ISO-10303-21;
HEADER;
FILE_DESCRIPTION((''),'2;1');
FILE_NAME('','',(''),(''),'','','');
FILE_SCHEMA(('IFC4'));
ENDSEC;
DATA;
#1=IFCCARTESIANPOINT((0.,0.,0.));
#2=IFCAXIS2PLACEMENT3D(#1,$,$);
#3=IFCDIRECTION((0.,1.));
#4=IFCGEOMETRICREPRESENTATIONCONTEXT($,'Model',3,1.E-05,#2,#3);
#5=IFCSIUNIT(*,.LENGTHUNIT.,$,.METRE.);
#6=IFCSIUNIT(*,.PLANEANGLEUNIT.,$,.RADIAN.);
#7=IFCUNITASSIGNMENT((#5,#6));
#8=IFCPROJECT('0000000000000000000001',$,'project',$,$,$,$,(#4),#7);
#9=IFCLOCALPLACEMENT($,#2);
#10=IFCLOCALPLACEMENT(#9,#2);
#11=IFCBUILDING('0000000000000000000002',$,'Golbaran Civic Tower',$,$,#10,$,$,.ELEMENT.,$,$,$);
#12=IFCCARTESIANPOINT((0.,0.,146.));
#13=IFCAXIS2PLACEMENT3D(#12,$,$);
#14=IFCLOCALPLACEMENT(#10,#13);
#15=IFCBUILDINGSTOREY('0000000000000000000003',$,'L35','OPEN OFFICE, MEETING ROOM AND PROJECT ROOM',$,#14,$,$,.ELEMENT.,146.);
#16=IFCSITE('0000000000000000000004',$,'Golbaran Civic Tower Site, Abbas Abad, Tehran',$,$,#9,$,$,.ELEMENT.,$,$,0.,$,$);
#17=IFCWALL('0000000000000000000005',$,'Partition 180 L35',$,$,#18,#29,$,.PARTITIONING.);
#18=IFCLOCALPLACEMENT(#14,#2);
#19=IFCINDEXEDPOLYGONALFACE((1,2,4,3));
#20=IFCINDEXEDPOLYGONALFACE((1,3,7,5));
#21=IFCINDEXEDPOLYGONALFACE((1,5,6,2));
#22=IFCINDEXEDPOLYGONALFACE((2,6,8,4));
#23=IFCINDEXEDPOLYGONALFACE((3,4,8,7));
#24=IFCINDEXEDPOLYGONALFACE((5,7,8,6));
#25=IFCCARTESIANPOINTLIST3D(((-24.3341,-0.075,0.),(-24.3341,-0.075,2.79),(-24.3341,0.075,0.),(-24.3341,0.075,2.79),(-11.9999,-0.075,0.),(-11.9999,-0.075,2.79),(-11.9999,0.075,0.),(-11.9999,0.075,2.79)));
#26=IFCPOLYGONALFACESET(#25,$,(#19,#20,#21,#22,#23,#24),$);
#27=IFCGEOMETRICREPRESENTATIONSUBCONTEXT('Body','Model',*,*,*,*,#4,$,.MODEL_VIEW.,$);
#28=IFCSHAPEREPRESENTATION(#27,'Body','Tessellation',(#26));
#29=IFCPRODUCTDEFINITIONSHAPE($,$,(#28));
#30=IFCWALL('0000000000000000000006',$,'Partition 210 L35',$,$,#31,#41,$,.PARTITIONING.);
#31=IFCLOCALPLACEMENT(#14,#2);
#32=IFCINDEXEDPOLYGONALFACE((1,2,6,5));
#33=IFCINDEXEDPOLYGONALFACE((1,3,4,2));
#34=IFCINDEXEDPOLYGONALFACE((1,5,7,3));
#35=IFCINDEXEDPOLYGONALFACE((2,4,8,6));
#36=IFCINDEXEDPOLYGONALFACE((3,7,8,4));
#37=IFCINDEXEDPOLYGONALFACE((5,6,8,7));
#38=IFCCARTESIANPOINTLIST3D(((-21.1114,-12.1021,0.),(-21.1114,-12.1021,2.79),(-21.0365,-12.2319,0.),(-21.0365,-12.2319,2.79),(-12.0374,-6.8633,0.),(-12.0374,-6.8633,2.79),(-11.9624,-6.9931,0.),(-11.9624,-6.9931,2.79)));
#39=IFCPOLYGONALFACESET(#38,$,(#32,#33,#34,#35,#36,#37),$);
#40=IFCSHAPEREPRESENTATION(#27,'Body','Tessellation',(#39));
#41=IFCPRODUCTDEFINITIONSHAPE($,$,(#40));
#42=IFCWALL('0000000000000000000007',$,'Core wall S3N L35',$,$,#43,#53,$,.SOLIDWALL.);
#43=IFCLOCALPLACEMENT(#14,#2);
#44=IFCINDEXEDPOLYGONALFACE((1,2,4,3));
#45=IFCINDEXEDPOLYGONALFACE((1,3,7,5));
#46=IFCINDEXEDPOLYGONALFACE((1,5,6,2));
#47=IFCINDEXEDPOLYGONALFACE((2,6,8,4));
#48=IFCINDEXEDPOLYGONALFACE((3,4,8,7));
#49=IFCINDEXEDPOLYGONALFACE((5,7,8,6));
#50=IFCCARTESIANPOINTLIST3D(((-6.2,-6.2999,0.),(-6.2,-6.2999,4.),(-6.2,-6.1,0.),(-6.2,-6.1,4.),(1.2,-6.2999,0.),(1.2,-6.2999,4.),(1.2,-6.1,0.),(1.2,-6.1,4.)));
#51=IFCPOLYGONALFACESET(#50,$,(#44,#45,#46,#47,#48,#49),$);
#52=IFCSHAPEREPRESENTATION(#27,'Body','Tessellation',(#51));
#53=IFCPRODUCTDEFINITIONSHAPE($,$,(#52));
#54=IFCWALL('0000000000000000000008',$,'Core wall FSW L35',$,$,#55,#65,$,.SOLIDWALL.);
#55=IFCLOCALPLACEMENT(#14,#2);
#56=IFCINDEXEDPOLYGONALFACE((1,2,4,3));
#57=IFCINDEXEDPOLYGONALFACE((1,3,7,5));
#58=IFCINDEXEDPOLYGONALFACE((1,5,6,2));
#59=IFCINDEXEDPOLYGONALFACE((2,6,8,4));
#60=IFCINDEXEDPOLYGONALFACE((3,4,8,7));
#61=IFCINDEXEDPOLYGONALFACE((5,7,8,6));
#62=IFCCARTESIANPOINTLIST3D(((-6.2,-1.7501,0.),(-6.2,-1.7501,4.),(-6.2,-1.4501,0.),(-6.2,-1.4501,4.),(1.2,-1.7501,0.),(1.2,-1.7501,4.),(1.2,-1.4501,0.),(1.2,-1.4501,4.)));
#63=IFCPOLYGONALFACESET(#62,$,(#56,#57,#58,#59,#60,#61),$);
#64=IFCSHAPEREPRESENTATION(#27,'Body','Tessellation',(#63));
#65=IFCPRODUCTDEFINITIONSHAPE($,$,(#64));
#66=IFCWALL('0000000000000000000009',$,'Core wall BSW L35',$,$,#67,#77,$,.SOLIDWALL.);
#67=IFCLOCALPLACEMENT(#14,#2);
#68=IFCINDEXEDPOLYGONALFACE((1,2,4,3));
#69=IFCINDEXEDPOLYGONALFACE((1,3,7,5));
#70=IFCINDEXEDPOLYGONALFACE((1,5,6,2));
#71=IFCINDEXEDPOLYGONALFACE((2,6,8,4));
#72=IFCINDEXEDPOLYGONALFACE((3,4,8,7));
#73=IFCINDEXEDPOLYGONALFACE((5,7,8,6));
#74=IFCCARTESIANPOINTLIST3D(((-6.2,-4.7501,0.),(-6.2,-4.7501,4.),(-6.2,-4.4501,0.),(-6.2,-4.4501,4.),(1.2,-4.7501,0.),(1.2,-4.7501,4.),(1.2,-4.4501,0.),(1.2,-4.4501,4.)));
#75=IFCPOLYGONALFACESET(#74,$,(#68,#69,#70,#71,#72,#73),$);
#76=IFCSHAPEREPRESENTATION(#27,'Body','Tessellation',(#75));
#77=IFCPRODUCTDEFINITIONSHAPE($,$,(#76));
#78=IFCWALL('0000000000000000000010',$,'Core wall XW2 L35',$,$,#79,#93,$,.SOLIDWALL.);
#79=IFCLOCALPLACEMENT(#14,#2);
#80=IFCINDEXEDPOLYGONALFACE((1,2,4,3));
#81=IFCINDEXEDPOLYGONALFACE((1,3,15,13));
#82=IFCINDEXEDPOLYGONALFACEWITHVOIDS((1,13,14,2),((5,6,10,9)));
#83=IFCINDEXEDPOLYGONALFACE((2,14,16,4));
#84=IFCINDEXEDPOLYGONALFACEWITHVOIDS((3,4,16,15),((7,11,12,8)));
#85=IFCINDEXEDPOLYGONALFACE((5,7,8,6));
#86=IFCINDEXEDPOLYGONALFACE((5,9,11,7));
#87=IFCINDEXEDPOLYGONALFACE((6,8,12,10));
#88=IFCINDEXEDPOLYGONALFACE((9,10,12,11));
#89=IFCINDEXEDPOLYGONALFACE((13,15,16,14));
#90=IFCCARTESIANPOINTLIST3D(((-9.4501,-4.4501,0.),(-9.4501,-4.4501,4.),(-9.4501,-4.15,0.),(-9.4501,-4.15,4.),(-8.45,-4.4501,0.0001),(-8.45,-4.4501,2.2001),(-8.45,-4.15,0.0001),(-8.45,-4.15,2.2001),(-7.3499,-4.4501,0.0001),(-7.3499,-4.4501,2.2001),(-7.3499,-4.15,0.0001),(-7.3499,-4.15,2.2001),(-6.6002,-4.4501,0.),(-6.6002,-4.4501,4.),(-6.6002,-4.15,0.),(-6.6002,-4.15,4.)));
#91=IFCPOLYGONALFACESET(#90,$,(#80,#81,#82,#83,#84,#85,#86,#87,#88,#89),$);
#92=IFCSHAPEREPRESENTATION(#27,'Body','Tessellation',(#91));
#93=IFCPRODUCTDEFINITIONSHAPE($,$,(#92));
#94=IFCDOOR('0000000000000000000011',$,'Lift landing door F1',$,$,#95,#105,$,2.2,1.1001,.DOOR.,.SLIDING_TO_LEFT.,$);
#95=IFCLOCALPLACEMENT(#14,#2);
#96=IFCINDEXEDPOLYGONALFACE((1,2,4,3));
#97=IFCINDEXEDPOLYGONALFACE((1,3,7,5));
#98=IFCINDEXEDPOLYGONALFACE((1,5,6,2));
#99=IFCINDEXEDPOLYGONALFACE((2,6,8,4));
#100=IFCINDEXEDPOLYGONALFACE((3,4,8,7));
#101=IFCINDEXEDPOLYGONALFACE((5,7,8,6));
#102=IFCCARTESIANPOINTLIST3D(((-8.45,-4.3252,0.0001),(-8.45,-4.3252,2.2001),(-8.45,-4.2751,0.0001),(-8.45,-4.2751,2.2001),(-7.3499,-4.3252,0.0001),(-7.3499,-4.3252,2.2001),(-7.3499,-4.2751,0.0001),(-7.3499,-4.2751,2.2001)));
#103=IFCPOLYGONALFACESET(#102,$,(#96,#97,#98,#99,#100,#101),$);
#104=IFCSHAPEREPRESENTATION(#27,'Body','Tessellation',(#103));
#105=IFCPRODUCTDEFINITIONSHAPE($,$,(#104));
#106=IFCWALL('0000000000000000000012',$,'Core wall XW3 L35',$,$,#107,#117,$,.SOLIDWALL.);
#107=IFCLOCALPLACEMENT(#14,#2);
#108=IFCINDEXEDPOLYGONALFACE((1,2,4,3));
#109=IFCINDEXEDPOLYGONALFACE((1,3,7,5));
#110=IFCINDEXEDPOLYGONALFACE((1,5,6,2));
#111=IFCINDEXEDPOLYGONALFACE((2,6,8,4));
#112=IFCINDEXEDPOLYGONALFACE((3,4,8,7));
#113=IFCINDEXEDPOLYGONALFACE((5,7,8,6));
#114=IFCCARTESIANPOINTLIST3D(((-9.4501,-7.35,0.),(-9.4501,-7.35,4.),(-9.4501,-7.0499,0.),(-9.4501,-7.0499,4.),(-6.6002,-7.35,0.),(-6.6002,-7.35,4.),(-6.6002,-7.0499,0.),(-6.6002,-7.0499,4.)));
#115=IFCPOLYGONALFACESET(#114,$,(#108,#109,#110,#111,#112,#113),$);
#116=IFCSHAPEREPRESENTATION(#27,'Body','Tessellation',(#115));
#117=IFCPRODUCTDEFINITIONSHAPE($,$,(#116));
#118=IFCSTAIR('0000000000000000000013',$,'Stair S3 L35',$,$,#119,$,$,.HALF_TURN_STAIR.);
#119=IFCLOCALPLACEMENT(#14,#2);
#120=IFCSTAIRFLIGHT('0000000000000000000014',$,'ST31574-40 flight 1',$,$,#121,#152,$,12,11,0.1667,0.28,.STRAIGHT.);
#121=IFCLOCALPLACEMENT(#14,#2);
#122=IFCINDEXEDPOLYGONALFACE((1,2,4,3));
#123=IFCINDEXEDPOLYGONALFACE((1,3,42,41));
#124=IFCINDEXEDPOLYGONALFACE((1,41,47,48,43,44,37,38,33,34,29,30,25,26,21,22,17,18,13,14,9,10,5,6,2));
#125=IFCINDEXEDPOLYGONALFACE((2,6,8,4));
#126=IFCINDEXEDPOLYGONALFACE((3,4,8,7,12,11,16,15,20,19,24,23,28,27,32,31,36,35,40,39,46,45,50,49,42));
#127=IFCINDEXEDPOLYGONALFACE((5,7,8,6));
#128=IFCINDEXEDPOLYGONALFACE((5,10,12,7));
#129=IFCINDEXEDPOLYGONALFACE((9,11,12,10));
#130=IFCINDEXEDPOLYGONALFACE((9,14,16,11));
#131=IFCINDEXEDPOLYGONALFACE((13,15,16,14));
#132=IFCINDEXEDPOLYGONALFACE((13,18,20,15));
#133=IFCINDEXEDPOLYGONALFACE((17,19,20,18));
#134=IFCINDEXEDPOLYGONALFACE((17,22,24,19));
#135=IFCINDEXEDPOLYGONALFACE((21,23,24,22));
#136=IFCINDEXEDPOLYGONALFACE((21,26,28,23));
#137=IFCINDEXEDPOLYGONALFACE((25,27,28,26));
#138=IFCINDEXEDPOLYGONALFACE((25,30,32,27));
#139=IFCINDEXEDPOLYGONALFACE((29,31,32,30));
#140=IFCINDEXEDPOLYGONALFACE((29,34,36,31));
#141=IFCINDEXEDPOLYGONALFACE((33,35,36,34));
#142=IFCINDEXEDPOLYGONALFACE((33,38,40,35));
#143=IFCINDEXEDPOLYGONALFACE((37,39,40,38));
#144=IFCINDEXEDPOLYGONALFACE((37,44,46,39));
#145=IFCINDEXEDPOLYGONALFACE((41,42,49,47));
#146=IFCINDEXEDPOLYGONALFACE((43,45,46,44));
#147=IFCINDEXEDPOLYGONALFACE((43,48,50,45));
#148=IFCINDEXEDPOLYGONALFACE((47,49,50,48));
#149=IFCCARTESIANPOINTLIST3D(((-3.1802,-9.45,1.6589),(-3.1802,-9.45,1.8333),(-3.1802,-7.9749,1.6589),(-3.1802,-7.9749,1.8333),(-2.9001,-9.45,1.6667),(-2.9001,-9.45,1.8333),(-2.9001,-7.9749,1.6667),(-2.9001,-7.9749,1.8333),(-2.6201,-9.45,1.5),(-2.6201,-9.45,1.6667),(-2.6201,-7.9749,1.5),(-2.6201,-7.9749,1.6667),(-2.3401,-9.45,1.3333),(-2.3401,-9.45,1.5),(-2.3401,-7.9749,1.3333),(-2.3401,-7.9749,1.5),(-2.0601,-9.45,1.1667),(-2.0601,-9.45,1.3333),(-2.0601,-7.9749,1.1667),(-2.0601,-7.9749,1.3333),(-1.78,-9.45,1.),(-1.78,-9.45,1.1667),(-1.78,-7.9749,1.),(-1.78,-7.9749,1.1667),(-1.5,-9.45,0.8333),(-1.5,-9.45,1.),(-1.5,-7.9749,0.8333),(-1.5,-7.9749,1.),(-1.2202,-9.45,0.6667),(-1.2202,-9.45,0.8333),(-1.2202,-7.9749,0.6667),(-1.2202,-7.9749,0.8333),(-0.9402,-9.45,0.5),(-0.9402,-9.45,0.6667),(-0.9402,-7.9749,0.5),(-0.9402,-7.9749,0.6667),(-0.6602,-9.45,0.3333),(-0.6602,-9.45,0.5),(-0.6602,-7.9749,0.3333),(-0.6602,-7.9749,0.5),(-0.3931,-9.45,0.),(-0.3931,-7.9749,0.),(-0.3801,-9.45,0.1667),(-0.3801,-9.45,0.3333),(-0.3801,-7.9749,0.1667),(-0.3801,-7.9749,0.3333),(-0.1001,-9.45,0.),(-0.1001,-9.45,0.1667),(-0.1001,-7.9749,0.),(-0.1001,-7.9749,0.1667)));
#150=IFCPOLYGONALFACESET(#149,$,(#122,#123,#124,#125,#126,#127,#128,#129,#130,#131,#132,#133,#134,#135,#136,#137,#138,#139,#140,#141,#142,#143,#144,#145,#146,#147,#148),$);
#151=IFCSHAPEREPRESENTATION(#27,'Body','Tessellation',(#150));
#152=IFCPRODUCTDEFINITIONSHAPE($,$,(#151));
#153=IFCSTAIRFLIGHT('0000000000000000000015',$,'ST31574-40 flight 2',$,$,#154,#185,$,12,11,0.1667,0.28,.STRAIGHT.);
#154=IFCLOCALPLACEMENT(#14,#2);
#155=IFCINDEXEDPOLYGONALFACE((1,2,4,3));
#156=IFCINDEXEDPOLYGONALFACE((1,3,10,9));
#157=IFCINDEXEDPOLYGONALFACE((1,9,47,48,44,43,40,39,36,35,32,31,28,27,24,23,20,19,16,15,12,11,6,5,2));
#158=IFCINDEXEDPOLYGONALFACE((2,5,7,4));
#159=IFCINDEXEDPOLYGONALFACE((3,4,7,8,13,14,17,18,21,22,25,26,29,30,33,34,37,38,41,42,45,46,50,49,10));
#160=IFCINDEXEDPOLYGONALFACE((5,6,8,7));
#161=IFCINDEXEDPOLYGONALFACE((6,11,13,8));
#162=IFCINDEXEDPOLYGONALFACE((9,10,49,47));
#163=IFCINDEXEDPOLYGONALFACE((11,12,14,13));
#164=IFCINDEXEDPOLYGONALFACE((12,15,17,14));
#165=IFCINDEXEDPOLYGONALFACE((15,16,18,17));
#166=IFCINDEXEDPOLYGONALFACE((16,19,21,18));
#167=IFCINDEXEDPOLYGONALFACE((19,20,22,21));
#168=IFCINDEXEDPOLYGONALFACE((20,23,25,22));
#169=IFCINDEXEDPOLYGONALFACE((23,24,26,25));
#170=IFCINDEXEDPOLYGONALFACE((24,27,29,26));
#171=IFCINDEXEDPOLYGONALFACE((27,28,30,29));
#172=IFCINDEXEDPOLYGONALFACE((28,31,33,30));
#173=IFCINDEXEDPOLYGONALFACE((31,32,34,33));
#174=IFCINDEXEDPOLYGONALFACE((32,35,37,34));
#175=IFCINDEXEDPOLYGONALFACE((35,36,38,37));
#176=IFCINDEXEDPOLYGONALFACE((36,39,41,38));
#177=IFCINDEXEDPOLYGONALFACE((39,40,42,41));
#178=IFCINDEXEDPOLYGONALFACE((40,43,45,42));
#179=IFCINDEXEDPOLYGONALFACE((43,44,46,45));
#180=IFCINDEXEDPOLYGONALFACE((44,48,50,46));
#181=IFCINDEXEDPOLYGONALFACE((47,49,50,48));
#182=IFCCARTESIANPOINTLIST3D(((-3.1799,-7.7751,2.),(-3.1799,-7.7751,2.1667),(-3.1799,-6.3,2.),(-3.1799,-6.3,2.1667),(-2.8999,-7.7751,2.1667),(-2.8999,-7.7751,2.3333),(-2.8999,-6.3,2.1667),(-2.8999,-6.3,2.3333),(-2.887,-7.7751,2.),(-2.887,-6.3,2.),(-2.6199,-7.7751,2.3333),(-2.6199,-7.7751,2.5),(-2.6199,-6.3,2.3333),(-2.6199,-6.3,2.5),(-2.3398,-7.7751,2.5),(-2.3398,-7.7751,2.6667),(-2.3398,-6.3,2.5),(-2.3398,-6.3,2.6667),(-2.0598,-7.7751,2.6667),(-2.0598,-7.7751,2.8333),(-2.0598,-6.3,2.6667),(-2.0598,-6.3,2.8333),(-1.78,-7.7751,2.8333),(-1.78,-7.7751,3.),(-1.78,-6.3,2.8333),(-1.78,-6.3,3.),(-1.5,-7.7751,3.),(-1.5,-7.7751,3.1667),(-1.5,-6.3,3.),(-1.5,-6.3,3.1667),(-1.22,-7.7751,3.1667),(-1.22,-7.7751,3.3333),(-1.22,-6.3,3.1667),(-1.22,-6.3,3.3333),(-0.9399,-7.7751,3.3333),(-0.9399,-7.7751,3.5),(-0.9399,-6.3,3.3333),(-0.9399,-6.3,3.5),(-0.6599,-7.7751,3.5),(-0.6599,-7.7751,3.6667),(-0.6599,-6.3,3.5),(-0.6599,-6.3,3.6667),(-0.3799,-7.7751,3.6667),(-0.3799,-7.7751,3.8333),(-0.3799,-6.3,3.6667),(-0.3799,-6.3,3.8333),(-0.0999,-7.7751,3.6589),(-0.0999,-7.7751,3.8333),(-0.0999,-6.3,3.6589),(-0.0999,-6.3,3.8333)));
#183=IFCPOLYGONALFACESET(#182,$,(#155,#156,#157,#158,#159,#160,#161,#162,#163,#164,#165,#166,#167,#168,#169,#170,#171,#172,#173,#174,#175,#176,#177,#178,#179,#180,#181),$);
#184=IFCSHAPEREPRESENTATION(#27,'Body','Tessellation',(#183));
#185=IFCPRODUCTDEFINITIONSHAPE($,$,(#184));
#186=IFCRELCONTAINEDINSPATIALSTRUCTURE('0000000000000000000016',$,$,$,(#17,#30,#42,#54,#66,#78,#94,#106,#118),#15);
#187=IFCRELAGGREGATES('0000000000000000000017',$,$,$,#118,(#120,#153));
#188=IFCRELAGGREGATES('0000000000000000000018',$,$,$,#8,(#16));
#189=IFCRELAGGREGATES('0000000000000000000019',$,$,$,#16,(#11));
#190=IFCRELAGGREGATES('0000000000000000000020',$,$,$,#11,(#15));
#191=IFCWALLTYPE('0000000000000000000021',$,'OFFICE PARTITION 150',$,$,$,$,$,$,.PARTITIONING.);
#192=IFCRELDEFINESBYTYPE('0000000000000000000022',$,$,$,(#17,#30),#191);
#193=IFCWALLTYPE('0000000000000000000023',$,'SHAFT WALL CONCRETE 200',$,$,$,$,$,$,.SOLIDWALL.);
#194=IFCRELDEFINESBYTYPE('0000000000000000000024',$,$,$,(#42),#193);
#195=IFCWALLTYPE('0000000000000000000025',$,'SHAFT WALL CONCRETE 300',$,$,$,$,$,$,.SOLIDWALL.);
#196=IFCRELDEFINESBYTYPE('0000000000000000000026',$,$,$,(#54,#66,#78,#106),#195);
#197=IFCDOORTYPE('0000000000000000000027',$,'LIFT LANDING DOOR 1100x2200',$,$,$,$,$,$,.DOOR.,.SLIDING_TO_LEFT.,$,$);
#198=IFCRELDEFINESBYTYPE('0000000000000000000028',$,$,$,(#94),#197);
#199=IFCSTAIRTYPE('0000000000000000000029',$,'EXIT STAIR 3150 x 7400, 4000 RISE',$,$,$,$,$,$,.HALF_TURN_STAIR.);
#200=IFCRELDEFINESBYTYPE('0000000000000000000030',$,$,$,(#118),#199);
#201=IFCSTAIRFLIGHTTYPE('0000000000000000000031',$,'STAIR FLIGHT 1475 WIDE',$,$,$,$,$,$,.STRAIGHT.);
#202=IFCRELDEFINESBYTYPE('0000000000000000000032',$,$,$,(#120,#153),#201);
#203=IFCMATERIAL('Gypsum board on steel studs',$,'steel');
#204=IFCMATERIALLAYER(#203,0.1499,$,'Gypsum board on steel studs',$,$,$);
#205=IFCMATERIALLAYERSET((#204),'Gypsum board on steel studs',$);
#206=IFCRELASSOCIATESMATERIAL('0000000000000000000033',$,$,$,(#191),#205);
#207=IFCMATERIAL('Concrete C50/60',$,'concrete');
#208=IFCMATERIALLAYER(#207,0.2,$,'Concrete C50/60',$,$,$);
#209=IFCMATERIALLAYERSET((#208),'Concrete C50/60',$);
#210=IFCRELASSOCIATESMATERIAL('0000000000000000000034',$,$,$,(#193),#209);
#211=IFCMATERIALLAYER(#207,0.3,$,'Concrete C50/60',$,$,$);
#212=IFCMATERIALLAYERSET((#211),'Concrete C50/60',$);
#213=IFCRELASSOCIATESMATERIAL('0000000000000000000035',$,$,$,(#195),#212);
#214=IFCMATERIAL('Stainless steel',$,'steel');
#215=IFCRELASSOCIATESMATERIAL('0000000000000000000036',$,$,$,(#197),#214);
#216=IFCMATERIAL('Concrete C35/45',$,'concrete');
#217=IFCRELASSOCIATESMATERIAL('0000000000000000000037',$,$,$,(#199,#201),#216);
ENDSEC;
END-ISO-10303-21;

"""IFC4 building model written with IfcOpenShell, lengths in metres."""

from ifc_helpers import new_model, si_unit, direction, frame, frame_2d, origin, place, context, subcontext, project, spatial, polyline, rectangle, outline, extrude, material, layer, layer_set, type_object, element, fill, aggregate, save


model = new_model("IFC4")

# Units and contexts
model_context = context("Model", 3, precision=1e-05, world=origin(), true_north=direction((0.0, 1.0)))
body_context = subcontext(model_context, "Body", "Model", "MODEL_VIEW")
ifc_project = project(units=[si_unit("LENGTHUNIT", "METRE"), si_unit("PLANEANGLEUNIT", "RADIAN")], contexts=[model_context])

# Site, building, storey
site_placement = place(None, origin())
site = spatial("IfcSite", under=ifc_project, at=site_placement, Name="Golbaran Civic Tower Site, Abbas Abad, Tehran", CompositionType="ELEMENT", RefElevation=0.0)
building_placement = place(site_placement, origin())
building = spatial("IfcBuilding", under=site, at=building_placement, Name="Golbaran Civic Tower", CompositionType="ELEMENT")
storey_placement = place(building_placement, frame((0.0, 0.0, 146.0)))
storey = spatial("IfcBuildingStorey", under=building, at=storey_placement, Name="L35", Description="OPEN OFFICE, MEETING ROOM AND PROJECT ROOM", CompositionType="ELEMENT", Elevation=146.0)

# Shared definitions
ifc_material_1 = material(Name="Concrete C50/60", Category="concrete")

# Walls
ifc_material_2 = material(Name="Gypsum board on steel studs", Category="steel")
ifc_layer_1 = layer(ifc_material_2, 0.1499, Name="Gypsum board on steel studs")
ifc_layer_set_1 = layer_set([ifc_layer_1], Name="Gypsum board on steel studs")
wall_type_1 = type_object("IfcWallType", Name="OFFICE PARTITION 150", PredefinedType="PARTITIONING", material=ifc_layer_set_1)
wall_1_placement = place(storey_placement, frame((-12.0, 0.0, 0.0), z_axis=(0.0, 0.0, 1.0), x_axis=(-1.0, 0.0, 0.0)))
element("IfcWall", 1, at=wall_1_placement, inside=storey, type_object=wall_type_1, Name="Partition 180 L35", PredefinedType="PARTITIONING", context=body_context, shape_type="SweptSolid", body=[
    extrude(rectangle(XDim=12.3342, YDim=0.1499, at=frame_2d((6.167, 0.0))), origin(), (0.0, 0.0, 1.0), 2.79),
])
wall_2_placement = place(storey_placement, frame((-12.0, -6.9282, 0.0), z_axis=(0.0, 0.0, 1.0), x_axis=(-0.866029, -0.499993, 0.0)))
element("IfcWall", 2, at=wall_2_placement, inside=storey, type_object=wall_type_1, Name="Partition 210 L35", PredefinedType="PARTITIONING", context=body_context, shape_type="SweptSolid", body=[
    extrude(rectangle(XDim=10.4778, YDim=0.1499, at=frame_2d((5.2388, 0.0))), origin(), (0.0, 0.0, 1.0), 2.79),
])
ifc_layer_2 = layer(ifc_material_1, 0.2, Name="Concrete C50/60")
ifc_layer_set_2 = layer_set([ifc_layer_2], Name="Concrete C50/60")
wall_type_2 = type_object("IfcWallType", Name="SHAFT WALL CONCRETE 200", PredefinedType="SOLIDWALL", material=ifc_layer_set_2)
wall_3_placement = place(storey_placement, frame((-6.2, -6.2, 0.0), z_axis=(0.0, 0.0, 1.0), x_axis=(1.0, 0.0, 0.0)))
element("IfcWall", 3, at=wall_3_placement, inside=storey, type_object=wall_type_2, Name="Core wall S3N L35", PredefinedType="SOLIDWALL", context=body_context, shape_type="SweptSolid", body=[
    extrude(rectangle(XDim=7.3999, YDim=0.2, at=frame_2d((3.7, 0.0))), origin(), (0.0, 0.0, 1.0), 4.0),
])
ifc_layer_3 = layer(ifc_material_1, 0.3, Name="Concrete C50/60")
ifc_layer_set_3 = layer_set([ifc_layer_3], Name="Concrete C50/60")
wall_type_3 = type_object("IfcWallType", Name="SHAFT WALL CONCRETE 300", PredefinedType="SOLIDWALL", material=ifc_layer_set_3)
for number, where, z_axis, x_axis, name in (
    (4, (-6.2, -1.6001, 0.0), (0.0, 0.0, 1.0), (1.0, 0.0, 0.0), "Core wall FSW L35"),
    (5, (-6.2, -4.6001, 0.0), (0.0, 0.0, 1.0), (1.0, 0.0, 0.0), "Core wall BSW L35"),
):
    element("IfcWall", number, at=place(storey_placement, frame(where, z_axis=z_axis, x_axis=x_axis)), inside=storey, type_object=wall_type_3, Name=name, PredefinedType="SOLIDWALL", context=body_context, shape_type="SweptSolid", body=[
        extrude(rectangle(XDim=7.3999, YDim=0.3, at=frame_2d((3.7, 0.0))), origin(), (0.0, 0.0, 1.0), 4.0),
    ])

# Wall, opening, door
wall_4_placement = place(storey_placement, frame((-9.45, -4.3, 0.0), z_axis=(0.0, 0.0, 1.0), x_axis=(1.0, 0.0, 0.0)))
wall_4 = element("IfcWall", 6, at=wall_4_placement, inside=storey, type_object=wall_type_3, Name="Core wall XW2 L35", PredefinedType="SOLIDWALL", context=body_context, shape_type="SweptSolid", body=[
    extrude(rectangle(XDim=2.8499, YDim=0.3, at=frame_2d((1.4248, 0.0))), origin(), (0.0, 0.0, 1.0), 4.0),
])
opening_1_placement = place(wall_4_placement, frame((1.0, 0.0, 0.0)))
opening_1 = element("IfcOpeningElement", 7, at=opening_1_placement, cuts=wall_4, PredefinedType="OPENING", context=body_context, shape_type="SweptSolid", body=[
    extrude(rectangle(XDim=1.1001, YDim=2.2, at=frame_2d((0.55, 1.1001))), frame((0.0, 0.1599, 0.0), z_axis=(0.0, -1.0, 0.0), x_axis=(1.0, 0.0, 0.0)), (0.0, 0.0, 1.0), 0.3201),
])
ifc_material_3 = material(Name="Stainless steel", Category="steel")
door_type_1 = type_object("IfcDoorType", Name="LIFT LANDING DOOR 1100x2200", OperationType="SLIDING_TO_LEFT", PredefinedType="DOOR", material=ifc_material_3)
door_1_placement = place(opening_1_placement, origin())
door_1 = element("IfcDoor", 8, at=door_1_placement, inside=storey, type_object=door_type_1, Name="Lift landing door F1", OperationType="SLIDING_TO_LEFT", OverallHeight=2.2, OverallWidth=1.1001, PredefinedType="DOOR", context=body_context, shape_type="SweptSolid", body=[
    extrude(rectangle(XDim=1.1001, YDim=2.2, at=frame_2d((0.55, 1.1001))), frame((0.0, 0.0249, 0.0), z_axis=(0.0, -1.0, 0.0), x_axis=(1.0, 0.0, 0.0)), (0.0, 0.0, 1.0), 0.05),
])
fill(opening_1, door_1)

# Wall
wall_5_placement = place(storey_placement, frame((-9.45, -7.2, 0.0), z_axis=(0.0, 0.0, 1.0), x_axis=(1.0, 0.0, 0.0)))
element("IfcWall", 9, at=wall_5_placement, inside=storey, type_object=wall_type_3, Name="Core wall XW3 L35", PredefinedType="SOLIDWALL", context=body_context, shape_type="SweptSolid", body=[
    extrude(rectangle(XDim=2.8499, YDim=0.3, at=frame_2d((1.4248, 0.0))), origin(), (0.0, 0.0, 1.0), 4.0),
])

# Stair, stair flights
ifc_material_4 = material(Name="Concrete C35/45", Category="concrete")
stair_type = type_object("IfcStairType", Name="EXIT STAIR 3150 x 7400, 4000 RISE", PredefinedType="HALF_TURN_STAIR", material=ifc_material_4)
stair_placement = place(storey_placement, origin())
stair = element("IfcStair", 10, at=stair_placement, inside=storey, type_object=stair_type, Name="Stair S3 L35", PredefinedType="HALF_TURN_STAIR")
stair_flight_type = type_object("IfcStairFlightType", Name="STAIR FLIGHT 1475 WIDE", PredefinedType="STRAIGHT", material=ifc_material_4)
stair_flight_1_placement = place(storey_placement, frame((-0.1001, -8.7124, 0.0), z_axis=(0.0, 0.0, 1.0), x_axis=(-1.0, 0.0, 0.0)))
stair_flight_1 = element("IfcStairFlight", 11, at=stair_flight_1_placement, type_object=stair_flight_type, Name="ST31574-40 flight 1", NumberOfRisers=12, NumberOfTreads=11, PredefinedType="STRAIGHT", RiserHeight=0.1667, TreadLength=0.28, context=body_context, shape_type="SweptSolid", body=[
    extrude(outline(polyline([(0.0, 0.0), (0.0, 0.1667), (0.28, 0.1667), (0.28, 0.3333), (0.5601, 0.3333), (0.5601, 0.5), (0.8401, 0.5), (0.8401, 0.6667), (1.1201, 0.6667), (1.1201, 0.8333), (1.3999, 0.8333), (1.3999, 1.0), (1.6799, 1.0), (1.6799, 1.1667), (1.96, 1.1667), (1.96, 1.3333), (2.24, 1.3333), (2.24, 1.5), (2.52, 1.5), (2.52, 1.6667), (2.8, 1.6667), (2.8, 1.8333), (3.0801, 1.8333), (3.0801, 2.0), (3.0801, 1.6589), (0.293, 0.0), (0.0, 0.0)])), frame((0.0, 0.7375, 0.0), z_axis=(0.0, -1.0, 0.0), x_axis=(1.0, 0.0, 0.0)), (0.0, 0.0, 1.0), 1.4751),
])
stair_flight_2_placement = place(storey_placement, frame((-3.1799, -7.0376, 2.0), z_axis=(0.0, 0.0, 1.0), x_axis=(1.0, 0.0, 0.0)))
stair_flight_2 = element("IfcStairFlight", 12, at=stair_flight_2_placement, type_object=stair_flight_type, Name="ST31574-40 flight 2", NumberOfRisers=12, NumberOfTreads=11, PredefinedType="STRAIGHT", RiserHeight=0.1667, TreadLength=0.28, context=body_context, shape_type="SweptSolid", body=[
    extrude(outline(polyline([(0.0, 0.0), (0.0, 0.1667), (0.28, 0.1667), (0.28, 0.3333), (0.5601, 0.3333), (0.5601, 0.5), (0.8401, 0.5), (0.8401, 0.6667), (1.1201, 0.6667), (1.1201, 0.8333), (1.3999, 0.8333), (1.3999, 1.0), (1.6799, 1.0), (1.6799, 1.1667), (1.96, 1.1667), (1.96, 1.3333), (2.24, 1.3333), (2.24, 1.5), (2.52, 1.5), (2.52, 1.6667), (2.8, 1.6667), (2.8, 1.8333), (3.0801, 1.8333), (3.0801, 2.0), (3.0801, 1.6589), (0.293, 0.0), (0.0, 0.0)])), frame((0.0, 0.7375, 0.0), z_axis=(0.0, -1.0, 0.0), x_axis=(1.0, 0.0, 0.0)), (0.0, 0.0, 1.0), 1.4751),
])
aggregate(stair, [stair_flight_1, stair_flight_2])

save(model, "model.ifc")
